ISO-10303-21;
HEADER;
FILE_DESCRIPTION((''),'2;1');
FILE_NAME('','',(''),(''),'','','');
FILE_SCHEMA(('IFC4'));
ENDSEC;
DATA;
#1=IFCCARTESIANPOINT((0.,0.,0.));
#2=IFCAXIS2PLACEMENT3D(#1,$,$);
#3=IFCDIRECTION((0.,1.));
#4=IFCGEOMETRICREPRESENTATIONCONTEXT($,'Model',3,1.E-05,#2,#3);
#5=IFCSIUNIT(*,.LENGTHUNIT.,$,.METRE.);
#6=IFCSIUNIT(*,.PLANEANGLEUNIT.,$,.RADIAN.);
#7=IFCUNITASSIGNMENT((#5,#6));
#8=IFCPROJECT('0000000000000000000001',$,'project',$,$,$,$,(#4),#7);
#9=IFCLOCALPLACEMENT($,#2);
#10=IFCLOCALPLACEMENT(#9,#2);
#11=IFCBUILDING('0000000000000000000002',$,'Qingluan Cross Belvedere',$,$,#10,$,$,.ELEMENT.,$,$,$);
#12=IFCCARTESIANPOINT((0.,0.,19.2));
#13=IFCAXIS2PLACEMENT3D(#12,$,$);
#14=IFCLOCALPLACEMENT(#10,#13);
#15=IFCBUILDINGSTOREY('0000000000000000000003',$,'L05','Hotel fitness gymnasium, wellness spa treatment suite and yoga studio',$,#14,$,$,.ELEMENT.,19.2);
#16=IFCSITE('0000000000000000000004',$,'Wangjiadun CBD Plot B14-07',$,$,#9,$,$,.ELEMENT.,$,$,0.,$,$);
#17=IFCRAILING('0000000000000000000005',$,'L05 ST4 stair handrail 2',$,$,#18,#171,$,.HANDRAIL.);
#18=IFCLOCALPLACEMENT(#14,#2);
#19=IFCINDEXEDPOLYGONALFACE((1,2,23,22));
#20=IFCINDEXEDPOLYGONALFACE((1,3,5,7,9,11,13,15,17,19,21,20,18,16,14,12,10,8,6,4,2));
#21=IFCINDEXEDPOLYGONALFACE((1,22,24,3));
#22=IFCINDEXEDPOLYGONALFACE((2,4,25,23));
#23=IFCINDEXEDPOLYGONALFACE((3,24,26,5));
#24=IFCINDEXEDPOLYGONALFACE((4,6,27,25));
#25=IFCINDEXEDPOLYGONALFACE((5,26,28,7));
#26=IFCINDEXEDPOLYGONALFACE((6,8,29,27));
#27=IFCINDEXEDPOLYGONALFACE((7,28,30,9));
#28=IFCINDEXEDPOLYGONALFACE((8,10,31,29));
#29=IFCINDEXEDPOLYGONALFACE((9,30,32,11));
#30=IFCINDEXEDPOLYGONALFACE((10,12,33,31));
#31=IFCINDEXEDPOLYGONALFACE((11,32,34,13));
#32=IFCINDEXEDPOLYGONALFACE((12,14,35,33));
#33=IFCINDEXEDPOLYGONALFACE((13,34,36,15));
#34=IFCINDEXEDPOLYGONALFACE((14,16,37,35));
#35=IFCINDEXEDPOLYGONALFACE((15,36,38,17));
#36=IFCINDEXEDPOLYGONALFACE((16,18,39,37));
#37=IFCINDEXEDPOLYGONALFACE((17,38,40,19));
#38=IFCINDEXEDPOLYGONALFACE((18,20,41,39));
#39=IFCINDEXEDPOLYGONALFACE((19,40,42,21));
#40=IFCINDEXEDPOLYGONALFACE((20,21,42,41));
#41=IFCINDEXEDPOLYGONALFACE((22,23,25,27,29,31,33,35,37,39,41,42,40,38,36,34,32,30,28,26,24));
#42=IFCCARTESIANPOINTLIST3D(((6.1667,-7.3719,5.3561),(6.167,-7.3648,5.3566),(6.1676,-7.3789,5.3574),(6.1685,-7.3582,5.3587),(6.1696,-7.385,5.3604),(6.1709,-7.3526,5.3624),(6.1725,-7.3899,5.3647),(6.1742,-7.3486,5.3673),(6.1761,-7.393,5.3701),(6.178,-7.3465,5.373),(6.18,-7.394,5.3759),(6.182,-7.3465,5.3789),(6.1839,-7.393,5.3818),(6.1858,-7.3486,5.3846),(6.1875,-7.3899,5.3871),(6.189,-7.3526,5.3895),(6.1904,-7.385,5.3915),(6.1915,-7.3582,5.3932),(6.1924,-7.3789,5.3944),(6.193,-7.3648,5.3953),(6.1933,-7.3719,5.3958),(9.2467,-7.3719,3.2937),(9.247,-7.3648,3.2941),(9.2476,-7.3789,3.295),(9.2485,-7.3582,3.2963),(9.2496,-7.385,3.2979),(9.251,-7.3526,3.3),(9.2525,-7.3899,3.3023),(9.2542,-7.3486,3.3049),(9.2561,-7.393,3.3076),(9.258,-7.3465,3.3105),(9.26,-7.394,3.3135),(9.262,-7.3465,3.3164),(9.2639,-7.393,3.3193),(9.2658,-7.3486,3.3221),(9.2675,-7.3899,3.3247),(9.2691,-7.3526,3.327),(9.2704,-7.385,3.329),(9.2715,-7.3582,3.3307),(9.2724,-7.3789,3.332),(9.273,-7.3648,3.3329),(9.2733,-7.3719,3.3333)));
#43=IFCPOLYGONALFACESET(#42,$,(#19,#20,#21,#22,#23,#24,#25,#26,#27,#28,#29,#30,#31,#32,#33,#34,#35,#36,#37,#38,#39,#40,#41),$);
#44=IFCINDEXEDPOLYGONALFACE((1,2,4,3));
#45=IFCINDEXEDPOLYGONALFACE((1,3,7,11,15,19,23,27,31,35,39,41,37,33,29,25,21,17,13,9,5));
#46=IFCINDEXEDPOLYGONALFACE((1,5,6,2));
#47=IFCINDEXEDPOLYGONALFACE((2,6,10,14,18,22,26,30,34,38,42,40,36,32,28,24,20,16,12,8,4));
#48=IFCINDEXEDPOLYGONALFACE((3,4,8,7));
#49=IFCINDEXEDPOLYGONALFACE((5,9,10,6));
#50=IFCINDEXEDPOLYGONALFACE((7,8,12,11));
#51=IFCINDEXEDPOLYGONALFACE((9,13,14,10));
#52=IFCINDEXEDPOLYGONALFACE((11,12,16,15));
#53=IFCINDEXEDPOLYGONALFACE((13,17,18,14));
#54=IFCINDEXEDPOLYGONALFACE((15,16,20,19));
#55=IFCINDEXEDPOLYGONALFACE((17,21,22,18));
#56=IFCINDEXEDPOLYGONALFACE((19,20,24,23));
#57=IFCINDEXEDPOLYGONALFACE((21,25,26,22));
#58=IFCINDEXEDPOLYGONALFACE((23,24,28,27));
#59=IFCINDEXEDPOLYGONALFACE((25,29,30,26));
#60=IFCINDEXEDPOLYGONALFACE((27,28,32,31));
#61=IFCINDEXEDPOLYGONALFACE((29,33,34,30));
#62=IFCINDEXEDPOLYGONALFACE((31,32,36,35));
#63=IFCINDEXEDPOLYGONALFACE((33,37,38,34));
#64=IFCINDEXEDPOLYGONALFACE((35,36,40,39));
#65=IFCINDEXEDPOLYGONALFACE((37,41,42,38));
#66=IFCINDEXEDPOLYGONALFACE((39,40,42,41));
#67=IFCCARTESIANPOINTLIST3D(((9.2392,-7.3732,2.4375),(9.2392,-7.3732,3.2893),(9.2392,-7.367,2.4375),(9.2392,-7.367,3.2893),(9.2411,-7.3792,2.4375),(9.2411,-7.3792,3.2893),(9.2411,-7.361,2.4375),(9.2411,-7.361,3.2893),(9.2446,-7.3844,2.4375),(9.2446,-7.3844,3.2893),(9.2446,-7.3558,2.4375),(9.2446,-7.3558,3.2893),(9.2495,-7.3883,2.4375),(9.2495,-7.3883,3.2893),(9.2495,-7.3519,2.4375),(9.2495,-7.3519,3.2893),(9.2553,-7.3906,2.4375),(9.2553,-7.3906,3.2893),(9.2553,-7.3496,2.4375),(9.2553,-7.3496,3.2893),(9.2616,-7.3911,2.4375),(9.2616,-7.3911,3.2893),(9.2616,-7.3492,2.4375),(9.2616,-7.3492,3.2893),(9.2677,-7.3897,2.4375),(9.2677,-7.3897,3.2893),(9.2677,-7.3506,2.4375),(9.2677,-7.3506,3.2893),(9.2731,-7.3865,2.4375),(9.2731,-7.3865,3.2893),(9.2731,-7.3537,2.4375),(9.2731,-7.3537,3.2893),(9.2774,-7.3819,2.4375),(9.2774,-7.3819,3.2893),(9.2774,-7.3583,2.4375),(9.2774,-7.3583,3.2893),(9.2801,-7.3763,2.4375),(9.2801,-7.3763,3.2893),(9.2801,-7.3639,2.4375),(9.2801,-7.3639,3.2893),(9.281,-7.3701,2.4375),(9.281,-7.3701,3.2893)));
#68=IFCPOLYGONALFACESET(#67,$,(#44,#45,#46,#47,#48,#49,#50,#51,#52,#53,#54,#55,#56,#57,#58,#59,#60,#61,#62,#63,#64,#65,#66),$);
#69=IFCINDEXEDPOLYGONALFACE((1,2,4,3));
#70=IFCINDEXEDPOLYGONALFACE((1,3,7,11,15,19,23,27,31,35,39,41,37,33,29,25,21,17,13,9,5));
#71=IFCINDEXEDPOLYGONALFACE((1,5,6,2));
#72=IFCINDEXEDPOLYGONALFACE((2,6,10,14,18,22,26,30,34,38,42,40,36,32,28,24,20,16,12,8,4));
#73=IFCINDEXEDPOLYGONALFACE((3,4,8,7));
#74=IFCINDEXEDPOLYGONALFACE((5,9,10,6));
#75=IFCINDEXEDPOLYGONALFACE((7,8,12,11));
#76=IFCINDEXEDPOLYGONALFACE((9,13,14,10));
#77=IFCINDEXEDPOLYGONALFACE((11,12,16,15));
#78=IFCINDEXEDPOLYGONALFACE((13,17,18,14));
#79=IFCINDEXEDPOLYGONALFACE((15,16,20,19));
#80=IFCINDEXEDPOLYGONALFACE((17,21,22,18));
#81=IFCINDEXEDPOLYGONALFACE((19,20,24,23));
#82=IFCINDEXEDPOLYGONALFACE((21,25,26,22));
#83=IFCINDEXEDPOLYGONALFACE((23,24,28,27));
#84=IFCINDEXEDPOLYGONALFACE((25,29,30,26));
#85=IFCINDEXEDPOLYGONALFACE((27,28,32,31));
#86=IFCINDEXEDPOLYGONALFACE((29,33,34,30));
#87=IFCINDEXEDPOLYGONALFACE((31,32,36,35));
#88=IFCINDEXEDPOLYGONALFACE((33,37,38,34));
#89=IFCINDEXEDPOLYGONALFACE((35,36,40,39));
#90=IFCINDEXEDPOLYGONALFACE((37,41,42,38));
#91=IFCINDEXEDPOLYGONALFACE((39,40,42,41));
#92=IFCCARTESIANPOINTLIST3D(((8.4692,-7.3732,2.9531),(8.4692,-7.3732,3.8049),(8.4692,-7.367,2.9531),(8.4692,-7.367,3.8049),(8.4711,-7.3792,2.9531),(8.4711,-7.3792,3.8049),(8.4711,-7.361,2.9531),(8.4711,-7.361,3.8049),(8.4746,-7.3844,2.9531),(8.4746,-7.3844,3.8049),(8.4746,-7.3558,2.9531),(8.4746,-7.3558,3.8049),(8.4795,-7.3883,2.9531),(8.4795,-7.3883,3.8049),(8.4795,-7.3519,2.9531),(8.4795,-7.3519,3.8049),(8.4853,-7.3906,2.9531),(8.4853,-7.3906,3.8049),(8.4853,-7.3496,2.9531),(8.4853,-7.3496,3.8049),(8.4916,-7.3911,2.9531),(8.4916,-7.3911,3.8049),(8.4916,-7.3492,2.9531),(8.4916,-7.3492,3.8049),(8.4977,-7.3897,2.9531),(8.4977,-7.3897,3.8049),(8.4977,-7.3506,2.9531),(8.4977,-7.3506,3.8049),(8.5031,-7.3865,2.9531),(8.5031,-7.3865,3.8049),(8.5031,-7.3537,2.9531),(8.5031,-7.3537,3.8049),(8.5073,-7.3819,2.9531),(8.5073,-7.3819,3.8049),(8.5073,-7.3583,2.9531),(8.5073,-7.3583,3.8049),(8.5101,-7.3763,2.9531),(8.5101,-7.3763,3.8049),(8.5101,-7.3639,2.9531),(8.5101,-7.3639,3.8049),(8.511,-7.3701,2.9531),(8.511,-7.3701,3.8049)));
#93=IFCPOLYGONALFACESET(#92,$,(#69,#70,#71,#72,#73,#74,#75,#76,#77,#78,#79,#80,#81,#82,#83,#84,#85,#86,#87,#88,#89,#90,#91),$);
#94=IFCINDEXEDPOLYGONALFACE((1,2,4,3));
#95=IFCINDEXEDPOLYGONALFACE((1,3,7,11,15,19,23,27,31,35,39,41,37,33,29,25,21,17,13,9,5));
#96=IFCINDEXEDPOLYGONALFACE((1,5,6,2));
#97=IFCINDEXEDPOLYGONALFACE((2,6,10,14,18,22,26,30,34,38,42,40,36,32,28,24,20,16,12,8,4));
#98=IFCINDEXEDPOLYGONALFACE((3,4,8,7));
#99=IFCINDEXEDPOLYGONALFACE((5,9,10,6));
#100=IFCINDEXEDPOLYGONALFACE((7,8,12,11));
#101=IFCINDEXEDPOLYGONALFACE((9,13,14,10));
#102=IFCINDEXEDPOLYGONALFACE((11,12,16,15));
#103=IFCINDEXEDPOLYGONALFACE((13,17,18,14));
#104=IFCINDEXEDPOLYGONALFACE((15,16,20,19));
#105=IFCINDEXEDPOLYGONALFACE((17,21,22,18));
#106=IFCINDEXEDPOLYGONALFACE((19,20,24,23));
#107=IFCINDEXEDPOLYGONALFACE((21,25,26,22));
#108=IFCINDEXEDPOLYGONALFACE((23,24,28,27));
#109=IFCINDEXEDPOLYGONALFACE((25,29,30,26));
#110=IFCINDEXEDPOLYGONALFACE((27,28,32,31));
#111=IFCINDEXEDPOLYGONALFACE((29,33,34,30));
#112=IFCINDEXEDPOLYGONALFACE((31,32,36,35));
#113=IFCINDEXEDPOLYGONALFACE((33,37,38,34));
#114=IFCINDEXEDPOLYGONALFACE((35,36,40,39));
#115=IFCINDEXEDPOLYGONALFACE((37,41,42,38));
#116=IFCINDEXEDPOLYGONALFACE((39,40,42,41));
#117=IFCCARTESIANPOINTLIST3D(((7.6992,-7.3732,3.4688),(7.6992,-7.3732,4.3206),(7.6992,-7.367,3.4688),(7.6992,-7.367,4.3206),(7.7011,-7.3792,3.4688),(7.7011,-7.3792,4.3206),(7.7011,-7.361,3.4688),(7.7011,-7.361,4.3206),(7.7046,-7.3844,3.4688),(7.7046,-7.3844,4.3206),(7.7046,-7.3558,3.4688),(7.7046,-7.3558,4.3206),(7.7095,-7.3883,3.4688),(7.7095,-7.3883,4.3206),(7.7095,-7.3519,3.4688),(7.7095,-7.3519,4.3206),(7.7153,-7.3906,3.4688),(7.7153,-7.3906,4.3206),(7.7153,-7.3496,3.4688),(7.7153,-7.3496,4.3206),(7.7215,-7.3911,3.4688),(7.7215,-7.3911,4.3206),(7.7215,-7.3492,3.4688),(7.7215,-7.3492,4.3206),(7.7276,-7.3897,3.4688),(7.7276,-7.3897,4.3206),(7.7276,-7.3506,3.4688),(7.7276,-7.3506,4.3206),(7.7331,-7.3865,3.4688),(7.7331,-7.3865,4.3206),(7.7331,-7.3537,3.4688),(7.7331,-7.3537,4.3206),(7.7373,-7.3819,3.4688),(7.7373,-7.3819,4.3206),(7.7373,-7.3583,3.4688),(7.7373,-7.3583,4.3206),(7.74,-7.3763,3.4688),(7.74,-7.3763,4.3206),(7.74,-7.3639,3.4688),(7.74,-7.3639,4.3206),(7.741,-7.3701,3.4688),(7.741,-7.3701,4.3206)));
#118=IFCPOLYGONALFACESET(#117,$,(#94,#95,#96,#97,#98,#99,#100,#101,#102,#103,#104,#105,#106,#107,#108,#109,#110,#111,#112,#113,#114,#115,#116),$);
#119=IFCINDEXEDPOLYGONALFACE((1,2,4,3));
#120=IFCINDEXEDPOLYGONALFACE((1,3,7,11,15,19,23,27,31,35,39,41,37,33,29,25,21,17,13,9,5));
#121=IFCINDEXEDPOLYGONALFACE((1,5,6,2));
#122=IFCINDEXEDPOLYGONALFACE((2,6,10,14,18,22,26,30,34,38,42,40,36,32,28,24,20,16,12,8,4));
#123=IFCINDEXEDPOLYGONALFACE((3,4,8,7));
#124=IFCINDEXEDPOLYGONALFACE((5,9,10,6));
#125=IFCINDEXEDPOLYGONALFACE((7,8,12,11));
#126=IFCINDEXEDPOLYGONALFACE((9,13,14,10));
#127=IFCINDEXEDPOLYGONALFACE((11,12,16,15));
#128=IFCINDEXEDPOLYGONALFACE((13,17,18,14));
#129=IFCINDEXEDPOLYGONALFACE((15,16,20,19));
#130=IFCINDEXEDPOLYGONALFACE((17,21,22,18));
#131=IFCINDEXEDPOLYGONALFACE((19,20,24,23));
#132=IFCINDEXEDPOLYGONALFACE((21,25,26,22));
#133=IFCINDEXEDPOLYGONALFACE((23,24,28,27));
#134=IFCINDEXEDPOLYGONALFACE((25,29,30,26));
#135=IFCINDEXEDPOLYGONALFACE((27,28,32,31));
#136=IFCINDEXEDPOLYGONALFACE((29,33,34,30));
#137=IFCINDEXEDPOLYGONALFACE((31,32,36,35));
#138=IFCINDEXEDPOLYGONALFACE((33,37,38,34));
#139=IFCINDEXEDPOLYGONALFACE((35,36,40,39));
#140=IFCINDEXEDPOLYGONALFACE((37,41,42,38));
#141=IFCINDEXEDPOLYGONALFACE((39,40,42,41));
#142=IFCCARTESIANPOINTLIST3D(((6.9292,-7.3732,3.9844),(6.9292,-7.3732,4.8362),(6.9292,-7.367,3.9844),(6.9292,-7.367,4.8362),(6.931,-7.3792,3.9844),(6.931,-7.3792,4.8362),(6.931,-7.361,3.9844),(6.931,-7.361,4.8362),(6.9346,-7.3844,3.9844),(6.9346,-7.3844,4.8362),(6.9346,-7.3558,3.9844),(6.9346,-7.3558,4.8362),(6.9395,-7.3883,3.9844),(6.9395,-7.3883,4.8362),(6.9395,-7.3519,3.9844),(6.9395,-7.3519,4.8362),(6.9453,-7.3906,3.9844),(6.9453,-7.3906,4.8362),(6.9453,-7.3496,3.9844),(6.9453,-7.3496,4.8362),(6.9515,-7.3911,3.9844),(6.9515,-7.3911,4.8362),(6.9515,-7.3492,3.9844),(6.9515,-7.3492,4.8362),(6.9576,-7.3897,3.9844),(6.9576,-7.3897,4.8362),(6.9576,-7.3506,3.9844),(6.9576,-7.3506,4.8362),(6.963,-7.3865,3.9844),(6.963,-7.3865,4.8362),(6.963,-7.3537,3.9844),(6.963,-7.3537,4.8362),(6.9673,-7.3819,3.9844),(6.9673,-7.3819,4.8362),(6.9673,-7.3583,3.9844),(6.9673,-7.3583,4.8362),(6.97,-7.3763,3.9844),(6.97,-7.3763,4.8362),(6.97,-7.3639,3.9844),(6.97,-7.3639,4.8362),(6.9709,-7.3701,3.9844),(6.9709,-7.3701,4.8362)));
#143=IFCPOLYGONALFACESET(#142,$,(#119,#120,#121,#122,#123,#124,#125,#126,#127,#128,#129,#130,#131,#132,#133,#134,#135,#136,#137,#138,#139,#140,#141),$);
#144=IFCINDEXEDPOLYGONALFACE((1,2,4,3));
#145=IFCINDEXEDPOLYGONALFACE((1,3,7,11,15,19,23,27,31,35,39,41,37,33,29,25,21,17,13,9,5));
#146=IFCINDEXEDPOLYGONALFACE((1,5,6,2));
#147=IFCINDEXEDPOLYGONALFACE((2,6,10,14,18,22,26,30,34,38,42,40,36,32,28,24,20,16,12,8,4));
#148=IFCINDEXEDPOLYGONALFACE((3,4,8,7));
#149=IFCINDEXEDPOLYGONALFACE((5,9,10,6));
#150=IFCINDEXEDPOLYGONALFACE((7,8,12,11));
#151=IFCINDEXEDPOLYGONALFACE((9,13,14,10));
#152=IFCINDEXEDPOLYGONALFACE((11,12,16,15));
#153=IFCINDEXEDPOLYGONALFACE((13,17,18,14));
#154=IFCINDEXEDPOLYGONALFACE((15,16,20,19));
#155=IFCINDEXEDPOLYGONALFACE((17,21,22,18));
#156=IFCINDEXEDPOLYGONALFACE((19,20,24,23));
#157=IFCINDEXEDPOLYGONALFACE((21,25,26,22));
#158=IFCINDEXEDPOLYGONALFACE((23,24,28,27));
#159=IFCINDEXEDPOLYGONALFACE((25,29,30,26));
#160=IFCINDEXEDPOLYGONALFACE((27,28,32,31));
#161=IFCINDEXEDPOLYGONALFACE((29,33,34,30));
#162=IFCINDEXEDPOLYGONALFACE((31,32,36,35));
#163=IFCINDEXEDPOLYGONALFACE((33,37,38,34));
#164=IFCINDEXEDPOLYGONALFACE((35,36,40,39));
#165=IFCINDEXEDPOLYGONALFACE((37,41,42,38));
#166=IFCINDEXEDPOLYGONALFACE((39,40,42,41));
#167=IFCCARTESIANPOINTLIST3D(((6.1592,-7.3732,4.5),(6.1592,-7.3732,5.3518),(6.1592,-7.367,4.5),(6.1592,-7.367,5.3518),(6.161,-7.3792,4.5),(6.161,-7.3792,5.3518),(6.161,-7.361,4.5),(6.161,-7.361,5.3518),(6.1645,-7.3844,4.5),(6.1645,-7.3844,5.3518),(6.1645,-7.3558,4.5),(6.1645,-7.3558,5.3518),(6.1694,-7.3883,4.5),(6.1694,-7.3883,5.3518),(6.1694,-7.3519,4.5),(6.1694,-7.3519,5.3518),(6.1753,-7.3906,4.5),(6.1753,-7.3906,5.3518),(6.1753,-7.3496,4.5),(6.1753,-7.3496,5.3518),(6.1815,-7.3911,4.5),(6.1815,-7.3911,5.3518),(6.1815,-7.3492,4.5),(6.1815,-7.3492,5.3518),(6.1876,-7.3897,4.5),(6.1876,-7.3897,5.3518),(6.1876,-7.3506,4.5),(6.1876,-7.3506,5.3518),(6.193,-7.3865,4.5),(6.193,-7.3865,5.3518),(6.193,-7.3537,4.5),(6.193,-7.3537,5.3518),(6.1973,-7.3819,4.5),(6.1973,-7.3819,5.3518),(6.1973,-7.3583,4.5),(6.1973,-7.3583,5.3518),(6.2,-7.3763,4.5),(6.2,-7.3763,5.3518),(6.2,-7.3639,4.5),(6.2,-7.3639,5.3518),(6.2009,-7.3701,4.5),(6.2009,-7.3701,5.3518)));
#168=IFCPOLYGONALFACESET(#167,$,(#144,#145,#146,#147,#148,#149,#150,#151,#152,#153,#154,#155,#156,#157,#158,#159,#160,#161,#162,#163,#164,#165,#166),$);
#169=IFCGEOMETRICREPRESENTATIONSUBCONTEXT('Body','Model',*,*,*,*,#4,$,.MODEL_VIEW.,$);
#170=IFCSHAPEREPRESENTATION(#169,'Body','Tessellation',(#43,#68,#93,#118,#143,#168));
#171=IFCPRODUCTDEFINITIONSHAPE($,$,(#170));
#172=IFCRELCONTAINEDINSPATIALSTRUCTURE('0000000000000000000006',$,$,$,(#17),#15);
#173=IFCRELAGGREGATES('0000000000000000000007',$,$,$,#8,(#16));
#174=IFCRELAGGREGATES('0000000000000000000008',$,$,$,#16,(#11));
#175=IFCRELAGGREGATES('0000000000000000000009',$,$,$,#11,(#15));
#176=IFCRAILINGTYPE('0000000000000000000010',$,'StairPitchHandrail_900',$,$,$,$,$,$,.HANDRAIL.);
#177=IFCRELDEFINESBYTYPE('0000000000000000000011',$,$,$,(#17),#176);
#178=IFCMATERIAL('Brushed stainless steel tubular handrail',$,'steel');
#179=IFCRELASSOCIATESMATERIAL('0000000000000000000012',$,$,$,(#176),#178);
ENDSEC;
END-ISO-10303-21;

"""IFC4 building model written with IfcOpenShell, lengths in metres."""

from ifc_helpers import new_model, si_unit, direction, frame, origin, origin_2d, place, context, subcontext, project, spatial, circle, extrude, material, type_object, element, save


model = new_model("IFC4")

# Units and contexts
model_context = context("Model", 3, precision=1e-05, world=origin(), true_north=direction((0.0, 1.0)))
body_context = subcontext(model_context, "Body", "Model", "MODEL_VIEW")
ifc_project = project(units=[si_unit("LENGTHUNIT", "METRE"), si_unit("PLANEANGLEUNIT", "RADIAN")], contexts=[model_context])

# Site, building, storey
site_placement = place(None, origin())
site = spatial("IfcSite", under=ifc_project, at=site_placement, Name="Wangjiadun CBD Plot B14-07", CompositionType="ELEMENT", RefElevation=0.0)
building_placement = place(site_placement, origin())
building = spatial("IfcBuilding", under=site, at=building_placement, Name="Qingluan Cross Belvedere", CompositionType="ELEMENT")
storey_placement = place(building_placement, frame((0.0, 0.0, 19.2)))
storey = spatial("IfcBuildingStorey", under=building, at=storey_placement, Name="L05", Description="Hotel fitness gymnasium, wellness spa treatment suite and yoga studio", CompositionType="ELEMENT", Elevation=19.2)

# Railing
ifc_material_1 = material(Name="Brushed stainless steel tubular handrail", Category="steel")
railing_type_1 = type_object("IfcRailingType", Name="StairPitchHandrail_900", PredefinedType="HANDRAIL", material=ifc_material_1)
railing_1_placement = place(storey_placement, frame((9.26, -7.3701, 2.4375)))
element("IfcRailing", 1, at=railing_1_placement, inside=storey, type_object=railing_type_1, Name="L05 ST4 stair handrail 2", PredefinedType="HANDRAIL", context=body_context, shape_type="SweptSolid", body=[
    extrude(circle(Radius=0.0239, at=origin_2d()), frame((0.0, 0.0, 0.876), z_axis=(-0.830914, 0.0, 0.556401), x_axis=(0.0, -1.0, 0.0)), (0.0, 0.0, 1.0), 3.7068),
    extrude(circle(Radius=0.021, at=origin_2d()), origin(), (0.0, 0.0, 1.0), 0.8518),
    extrude(circle(Radius=0.021, at=origin_2d()), frame((-0.77, 0.0, 0.5156)), (0.0, 0.0, 1.0), 0.8518),
    extrude(circle(Radius=0.021, at=origin_2d()), frame((-1.54, 0.0, 1.0312)), (0.0, 0.0, 1.0), 0.8518),
    extrude(circle(Radius=0.021, at=origin_2d()), frame((-2.3101, 0.0, 1.5469)), (0.0, 0.0, 1.0), 0.8518),
    extrude(circle(Radius=0.021, at=origin_2d()), frame((-3.0801, 0.0, 2.0625)), (0.0, 0.0, 1.0), 0.8518),
])

save(model, "model.ifc")
